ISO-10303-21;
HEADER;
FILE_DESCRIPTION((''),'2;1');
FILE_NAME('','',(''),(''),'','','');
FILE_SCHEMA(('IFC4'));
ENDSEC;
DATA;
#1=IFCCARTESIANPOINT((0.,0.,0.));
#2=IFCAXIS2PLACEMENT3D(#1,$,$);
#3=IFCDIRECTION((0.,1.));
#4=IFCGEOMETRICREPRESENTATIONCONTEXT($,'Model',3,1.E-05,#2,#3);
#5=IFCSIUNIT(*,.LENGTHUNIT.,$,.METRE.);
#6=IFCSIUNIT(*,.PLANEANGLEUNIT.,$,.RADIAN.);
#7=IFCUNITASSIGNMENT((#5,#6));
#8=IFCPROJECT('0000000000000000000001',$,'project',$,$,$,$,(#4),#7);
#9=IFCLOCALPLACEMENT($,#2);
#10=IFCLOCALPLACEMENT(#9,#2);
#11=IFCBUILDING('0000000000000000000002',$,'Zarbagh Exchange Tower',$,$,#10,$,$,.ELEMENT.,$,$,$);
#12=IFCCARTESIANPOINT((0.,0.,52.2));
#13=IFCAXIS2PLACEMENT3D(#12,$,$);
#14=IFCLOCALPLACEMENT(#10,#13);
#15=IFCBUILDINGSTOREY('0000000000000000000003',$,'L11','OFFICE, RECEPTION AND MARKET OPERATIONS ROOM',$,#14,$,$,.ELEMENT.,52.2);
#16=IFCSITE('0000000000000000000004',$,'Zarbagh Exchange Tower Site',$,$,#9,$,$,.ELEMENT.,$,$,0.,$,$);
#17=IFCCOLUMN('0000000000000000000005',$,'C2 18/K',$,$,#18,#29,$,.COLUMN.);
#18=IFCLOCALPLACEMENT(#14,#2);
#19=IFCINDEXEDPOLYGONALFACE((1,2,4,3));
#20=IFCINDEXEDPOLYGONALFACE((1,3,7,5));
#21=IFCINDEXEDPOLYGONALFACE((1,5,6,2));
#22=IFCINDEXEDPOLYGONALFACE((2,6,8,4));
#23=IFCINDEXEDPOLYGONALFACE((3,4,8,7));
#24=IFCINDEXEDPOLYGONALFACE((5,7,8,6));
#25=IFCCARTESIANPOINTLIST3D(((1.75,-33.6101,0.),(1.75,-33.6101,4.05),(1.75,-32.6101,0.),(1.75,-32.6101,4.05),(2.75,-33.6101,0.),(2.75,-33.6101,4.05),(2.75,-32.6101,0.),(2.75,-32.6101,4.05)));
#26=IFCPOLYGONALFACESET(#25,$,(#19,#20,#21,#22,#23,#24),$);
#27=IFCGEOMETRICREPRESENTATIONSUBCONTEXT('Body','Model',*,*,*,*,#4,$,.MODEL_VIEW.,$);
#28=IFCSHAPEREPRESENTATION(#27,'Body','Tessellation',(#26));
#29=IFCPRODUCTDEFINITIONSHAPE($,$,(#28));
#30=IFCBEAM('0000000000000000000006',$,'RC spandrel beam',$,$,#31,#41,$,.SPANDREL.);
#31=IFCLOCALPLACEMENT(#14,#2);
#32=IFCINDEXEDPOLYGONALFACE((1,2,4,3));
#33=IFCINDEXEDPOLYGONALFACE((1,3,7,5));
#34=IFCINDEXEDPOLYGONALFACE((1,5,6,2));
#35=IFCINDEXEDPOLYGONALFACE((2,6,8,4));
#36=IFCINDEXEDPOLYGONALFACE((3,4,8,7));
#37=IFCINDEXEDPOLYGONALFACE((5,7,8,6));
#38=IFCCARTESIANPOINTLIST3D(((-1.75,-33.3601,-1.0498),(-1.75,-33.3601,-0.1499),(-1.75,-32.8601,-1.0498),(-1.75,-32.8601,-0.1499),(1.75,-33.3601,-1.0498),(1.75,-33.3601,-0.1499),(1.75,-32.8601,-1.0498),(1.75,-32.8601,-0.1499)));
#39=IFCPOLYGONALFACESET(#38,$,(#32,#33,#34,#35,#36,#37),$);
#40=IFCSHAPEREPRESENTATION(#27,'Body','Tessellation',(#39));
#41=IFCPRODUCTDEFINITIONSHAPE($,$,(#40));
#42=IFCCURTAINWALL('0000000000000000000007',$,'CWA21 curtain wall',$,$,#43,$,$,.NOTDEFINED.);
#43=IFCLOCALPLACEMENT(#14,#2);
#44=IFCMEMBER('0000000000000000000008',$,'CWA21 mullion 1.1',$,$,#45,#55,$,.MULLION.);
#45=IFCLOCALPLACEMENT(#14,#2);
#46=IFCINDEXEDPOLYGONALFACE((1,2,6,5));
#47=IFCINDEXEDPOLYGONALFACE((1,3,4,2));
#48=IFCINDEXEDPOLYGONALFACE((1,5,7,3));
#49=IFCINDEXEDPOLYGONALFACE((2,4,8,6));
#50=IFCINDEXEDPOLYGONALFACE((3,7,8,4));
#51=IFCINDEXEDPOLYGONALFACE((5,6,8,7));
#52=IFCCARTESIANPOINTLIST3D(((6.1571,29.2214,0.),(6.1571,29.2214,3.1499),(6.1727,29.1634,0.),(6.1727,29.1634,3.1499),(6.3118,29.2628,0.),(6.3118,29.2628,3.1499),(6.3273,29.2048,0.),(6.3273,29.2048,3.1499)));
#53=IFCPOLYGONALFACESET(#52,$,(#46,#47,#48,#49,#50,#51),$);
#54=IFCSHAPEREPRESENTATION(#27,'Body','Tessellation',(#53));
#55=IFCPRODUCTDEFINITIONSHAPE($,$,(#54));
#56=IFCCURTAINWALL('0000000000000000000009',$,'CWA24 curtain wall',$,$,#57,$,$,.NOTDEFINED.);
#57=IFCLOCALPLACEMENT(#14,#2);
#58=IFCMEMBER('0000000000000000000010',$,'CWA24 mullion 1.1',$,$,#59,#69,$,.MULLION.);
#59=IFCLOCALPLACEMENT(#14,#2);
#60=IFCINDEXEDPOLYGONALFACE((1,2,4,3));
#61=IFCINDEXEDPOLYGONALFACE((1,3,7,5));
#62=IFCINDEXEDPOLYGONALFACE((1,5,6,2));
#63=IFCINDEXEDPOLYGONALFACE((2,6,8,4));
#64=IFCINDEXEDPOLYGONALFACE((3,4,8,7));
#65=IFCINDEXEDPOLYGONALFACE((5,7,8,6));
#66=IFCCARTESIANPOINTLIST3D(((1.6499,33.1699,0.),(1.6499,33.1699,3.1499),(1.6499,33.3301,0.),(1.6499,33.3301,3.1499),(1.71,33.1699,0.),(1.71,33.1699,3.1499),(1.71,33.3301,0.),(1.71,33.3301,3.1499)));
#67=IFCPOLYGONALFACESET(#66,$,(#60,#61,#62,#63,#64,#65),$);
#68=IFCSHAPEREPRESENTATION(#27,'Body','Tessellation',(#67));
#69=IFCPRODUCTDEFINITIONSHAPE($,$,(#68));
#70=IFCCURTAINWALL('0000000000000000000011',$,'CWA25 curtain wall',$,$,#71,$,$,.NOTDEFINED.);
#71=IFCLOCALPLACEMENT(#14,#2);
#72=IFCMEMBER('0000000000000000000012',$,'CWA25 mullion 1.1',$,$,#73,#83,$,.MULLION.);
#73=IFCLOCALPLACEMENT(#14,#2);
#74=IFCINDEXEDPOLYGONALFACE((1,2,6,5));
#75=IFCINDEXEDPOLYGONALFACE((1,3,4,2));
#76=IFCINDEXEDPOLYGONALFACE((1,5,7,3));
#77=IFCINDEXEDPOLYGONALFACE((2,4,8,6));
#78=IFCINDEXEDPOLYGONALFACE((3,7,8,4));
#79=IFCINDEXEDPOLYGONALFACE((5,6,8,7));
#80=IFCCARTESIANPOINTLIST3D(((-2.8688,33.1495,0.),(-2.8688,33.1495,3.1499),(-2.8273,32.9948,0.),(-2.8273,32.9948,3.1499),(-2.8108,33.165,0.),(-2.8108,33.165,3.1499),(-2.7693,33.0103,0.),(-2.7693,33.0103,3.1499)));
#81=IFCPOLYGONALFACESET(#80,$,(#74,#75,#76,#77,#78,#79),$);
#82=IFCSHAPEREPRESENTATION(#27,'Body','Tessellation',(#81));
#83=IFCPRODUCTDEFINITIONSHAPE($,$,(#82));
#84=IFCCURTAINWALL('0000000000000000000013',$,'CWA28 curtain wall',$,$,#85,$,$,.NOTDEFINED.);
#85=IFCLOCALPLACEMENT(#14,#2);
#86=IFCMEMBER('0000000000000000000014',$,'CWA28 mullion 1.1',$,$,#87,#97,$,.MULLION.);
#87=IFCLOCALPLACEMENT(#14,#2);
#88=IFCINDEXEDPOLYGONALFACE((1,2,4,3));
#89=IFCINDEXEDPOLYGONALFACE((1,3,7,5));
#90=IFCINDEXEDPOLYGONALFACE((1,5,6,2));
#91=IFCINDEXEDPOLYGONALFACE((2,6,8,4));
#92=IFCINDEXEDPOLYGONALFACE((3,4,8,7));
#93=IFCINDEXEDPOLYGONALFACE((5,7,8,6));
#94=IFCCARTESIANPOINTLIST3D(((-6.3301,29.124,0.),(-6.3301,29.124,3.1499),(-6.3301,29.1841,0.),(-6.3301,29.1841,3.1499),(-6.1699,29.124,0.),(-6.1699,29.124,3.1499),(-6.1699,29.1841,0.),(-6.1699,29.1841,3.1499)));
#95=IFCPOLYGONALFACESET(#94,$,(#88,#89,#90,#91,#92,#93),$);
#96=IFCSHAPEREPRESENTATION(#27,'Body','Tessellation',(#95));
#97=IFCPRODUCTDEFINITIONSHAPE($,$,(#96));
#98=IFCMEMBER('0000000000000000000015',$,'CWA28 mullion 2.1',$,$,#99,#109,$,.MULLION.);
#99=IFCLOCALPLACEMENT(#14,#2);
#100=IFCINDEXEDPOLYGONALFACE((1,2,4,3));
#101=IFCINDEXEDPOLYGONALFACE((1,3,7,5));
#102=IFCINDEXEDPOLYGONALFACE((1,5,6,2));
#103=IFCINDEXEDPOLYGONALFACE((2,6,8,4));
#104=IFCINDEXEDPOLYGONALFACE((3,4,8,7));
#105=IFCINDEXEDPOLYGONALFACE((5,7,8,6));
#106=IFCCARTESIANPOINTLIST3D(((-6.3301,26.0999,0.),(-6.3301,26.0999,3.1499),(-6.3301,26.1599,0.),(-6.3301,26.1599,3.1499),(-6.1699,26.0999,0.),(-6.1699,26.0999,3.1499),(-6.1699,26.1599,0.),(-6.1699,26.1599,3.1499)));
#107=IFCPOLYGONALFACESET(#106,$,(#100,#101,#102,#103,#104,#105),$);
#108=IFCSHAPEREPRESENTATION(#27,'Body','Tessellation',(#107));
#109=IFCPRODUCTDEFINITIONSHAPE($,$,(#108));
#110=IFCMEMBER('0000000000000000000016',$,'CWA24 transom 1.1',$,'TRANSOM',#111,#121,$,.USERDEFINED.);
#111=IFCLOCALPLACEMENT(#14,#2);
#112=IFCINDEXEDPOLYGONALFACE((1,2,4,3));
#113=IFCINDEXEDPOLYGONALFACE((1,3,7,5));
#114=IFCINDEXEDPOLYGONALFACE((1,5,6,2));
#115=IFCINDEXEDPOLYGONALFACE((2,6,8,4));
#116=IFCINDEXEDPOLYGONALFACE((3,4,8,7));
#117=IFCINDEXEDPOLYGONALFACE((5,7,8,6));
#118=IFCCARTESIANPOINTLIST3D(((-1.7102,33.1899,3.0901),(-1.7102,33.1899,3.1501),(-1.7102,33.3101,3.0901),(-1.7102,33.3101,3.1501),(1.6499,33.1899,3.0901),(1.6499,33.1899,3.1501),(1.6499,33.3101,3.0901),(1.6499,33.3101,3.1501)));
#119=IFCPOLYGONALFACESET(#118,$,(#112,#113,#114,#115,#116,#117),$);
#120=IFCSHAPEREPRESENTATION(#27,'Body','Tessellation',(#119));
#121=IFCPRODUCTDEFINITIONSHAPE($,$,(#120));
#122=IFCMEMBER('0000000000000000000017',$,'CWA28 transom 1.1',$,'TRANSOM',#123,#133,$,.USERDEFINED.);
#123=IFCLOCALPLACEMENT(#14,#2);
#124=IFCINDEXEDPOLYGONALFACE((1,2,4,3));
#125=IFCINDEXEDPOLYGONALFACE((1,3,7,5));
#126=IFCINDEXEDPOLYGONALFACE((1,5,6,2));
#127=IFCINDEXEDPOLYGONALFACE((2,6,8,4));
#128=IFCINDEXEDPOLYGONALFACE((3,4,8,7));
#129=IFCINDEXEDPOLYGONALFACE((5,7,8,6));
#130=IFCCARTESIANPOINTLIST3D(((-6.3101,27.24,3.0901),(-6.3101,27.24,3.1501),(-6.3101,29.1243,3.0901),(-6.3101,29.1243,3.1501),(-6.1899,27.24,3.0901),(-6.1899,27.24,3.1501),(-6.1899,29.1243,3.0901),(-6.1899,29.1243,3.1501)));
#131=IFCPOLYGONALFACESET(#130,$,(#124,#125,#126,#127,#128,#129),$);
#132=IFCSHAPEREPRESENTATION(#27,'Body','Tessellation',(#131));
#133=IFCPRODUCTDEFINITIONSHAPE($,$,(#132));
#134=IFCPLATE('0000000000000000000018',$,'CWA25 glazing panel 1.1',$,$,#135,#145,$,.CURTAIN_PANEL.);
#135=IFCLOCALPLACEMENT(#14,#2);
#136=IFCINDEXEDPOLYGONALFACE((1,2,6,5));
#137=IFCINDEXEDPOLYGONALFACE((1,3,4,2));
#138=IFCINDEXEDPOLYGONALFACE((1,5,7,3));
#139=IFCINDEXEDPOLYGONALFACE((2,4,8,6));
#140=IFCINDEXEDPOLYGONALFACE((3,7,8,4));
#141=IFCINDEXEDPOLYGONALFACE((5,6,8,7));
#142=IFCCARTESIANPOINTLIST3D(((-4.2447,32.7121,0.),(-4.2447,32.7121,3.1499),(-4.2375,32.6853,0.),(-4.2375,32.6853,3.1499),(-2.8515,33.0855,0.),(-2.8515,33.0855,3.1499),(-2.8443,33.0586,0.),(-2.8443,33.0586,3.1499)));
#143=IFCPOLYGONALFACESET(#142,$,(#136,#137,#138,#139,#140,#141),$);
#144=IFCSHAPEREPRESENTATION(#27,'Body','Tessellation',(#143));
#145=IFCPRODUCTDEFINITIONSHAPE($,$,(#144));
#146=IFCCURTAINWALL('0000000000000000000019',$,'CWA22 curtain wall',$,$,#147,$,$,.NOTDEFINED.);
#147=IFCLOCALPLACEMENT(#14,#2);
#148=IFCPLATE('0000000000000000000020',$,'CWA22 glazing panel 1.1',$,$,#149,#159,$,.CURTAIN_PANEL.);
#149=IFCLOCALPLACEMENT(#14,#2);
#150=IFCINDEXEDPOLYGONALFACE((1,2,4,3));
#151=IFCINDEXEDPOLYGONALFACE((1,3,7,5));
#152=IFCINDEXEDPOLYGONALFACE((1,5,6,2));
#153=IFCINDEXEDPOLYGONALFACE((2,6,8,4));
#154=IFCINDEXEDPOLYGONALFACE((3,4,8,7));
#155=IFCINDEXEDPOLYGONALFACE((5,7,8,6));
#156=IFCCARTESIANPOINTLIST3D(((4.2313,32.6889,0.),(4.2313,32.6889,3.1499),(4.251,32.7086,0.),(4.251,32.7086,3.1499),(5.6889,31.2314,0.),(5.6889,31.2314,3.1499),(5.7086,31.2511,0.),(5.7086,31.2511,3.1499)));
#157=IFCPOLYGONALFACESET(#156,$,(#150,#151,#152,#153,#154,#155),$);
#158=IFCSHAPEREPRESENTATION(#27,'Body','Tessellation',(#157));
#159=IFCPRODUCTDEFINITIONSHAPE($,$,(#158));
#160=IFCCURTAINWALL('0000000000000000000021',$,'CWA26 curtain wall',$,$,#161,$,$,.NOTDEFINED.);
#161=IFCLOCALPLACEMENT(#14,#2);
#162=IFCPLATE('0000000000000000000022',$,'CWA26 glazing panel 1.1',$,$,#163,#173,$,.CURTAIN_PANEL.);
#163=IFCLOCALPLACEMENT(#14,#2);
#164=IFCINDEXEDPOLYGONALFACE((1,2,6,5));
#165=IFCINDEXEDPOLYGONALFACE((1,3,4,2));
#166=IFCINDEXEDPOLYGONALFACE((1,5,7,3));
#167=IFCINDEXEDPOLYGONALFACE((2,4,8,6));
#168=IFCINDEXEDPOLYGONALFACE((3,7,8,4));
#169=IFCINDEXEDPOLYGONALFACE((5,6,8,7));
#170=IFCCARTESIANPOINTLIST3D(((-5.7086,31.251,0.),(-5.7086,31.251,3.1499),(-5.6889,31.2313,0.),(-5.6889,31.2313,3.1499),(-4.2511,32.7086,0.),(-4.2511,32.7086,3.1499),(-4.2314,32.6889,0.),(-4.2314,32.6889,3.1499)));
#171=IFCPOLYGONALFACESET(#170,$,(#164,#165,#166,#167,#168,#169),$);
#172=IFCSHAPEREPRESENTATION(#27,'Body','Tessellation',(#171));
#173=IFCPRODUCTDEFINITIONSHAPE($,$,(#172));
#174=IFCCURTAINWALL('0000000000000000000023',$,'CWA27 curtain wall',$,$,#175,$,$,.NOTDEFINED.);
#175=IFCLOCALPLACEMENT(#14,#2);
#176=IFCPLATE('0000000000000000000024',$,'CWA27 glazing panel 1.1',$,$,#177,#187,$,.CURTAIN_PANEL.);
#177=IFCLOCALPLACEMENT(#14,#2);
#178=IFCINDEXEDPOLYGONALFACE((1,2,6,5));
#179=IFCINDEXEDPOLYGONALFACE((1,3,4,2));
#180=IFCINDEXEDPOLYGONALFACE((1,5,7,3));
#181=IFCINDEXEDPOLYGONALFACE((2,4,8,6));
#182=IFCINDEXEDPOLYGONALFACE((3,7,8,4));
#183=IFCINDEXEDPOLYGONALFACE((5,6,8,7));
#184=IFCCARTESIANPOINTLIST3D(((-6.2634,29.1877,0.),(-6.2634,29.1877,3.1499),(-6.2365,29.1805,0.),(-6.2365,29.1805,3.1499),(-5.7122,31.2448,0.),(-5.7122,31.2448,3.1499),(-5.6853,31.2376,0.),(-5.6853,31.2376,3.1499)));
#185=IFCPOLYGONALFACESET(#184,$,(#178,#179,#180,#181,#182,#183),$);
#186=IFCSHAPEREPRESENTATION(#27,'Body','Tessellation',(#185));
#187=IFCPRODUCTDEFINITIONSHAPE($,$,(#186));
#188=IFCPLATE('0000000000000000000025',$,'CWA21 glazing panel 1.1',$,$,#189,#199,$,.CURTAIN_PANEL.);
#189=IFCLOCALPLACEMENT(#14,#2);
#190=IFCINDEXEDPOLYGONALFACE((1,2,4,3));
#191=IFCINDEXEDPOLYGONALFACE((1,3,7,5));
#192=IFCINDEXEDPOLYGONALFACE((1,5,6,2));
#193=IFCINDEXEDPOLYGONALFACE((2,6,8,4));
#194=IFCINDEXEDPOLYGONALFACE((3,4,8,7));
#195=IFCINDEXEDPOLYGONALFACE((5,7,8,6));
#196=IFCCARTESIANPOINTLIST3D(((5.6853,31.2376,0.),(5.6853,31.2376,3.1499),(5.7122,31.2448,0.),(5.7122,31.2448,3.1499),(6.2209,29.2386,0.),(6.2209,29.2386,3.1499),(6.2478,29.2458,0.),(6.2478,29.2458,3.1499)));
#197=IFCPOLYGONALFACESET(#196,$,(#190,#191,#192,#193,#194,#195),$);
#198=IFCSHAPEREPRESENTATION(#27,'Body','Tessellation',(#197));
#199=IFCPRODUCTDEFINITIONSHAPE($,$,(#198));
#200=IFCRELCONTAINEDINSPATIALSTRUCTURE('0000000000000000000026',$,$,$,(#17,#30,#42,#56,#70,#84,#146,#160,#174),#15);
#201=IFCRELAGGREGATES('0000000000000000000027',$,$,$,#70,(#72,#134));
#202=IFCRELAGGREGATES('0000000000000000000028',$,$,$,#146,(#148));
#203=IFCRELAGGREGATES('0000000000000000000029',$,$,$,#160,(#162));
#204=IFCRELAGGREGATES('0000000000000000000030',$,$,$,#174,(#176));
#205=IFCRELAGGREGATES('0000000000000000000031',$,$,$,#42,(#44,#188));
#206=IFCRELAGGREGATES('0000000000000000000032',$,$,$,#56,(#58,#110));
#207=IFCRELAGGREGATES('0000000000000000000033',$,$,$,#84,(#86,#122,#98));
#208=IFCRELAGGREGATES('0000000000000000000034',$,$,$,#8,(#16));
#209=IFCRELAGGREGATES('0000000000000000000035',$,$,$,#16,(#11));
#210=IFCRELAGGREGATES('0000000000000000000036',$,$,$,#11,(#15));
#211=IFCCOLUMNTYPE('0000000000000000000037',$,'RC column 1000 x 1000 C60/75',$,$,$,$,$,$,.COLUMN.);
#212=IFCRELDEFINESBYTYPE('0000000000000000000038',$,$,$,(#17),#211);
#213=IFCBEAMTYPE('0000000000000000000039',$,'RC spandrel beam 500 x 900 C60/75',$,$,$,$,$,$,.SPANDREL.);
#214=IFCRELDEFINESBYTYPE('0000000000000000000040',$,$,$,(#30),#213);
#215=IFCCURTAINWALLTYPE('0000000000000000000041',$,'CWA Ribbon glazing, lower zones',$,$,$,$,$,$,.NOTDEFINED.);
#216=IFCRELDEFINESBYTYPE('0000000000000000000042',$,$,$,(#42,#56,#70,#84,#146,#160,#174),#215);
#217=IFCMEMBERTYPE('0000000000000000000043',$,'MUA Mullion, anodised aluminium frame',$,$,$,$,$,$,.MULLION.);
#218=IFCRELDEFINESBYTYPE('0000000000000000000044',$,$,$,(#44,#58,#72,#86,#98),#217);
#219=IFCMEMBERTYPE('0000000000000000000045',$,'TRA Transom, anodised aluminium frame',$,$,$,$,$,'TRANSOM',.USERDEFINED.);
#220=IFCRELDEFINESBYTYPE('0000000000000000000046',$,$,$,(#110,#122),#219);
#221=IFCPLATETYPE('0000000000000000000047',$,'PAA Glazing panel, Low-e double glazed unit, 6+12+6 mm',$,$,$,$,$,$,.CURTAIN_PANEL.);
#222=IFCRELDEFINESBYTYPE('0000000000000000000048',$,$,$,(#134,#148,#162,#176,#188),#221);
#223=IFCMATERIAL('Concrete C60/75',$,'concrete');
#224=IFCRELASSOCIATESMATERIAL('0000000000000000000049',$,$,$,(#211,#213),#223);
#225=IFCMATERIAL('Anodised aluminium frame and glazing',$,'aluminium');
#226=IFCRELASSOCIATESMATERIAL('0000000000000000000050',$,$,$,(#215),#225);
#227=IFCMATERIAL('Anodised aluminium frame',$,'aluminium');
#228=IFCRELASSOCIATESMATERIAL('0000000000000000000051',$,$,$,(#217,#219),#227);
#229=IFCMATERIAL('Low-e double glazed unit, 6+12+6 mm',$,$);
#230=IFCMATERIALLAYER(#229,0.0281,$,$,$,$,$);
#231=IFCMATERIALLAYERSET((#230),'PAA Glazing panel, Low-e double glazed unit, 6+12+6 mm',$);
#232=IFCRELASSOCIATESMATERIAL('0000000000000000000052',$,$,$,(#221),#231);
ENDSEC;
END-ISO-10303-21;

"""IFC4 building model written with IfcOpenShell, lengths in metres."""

from ifc_helpers import new_model, si_unit, direction, frame, origin, origin_2d, place, context, subcontext, project, spatial, polyline, rectangle, outline, extrude, source, transform, mapped, material, layer, layer_set, material_profile, profile_set, type_object, element, aggregate, save


model = new_model("IFC4")

# Units and contexts
model_context = context("Model", 3, precision=1e-05, world=origin(), true_north=direction((0.0, 1.0)))
body_context = subcontext(model_context, "Body", "Model", "MODEL_VIEW")
ifc_project = project(units=[si_unit("LENGTHUNIT", "METRE"), si_unit("PLANEANGLEUNIT", "RADIAN")], contexts=[model_context])

# Site, building, storey
site_placement = place(None, origin())
site = spatial("IfcSite", under=ifc_project, at=site_placement, Name="Zarbagh Exchange Tower Site", CompositionType="ELEMENT", RefElevation=0.0)
building_placement = place(site_placement, origin())
building = spatial("IfcBuilding", under=site, at=building_placement, Name="Zarbagh Exchange Tower", CompositionType="ELEMENT")
storey_placement = place(building_placement, frame((0.0, 0.0, 52.2)))
storey = spatial("IfcBuildingStorey", under=building, at=storey_placement, Name="L11", Description="OFFICE, RECEPTION AND MARKET OPERATIONS ROOM", CompositionType="ELEMENT", Elevation=52.2)

# Column
ifc_material_1 = material(Name="Concrete C60/75", Category="concrete")
ifc_material_profile_1 = material_profile(ifc_material_1, rectangle(XDim=1.0, YDim=1.0, at=origin_2d()), Name="RC column 1000 x 1000 C60/75")
ifc_profile_set_1 = profile_set([ifc_material_profile_1], Name="Concrete C60/75")
column_type = type_object("IfcColumnType", Name="RC column 1000 x 1000 C60/75", PredefinedType="COLUMN", material=ifc_profile_set_1)
column_placement = place(storey_placement, frame((2.25, -33.1101, 0.0), z_axis=(0.0, 0.0, 1.0), x_axis=(1.0, 0.0, 0.0)))
element("IfcColumn", 1, at=column_placement, inside=storey, type_object=column_type, Name="C2 18/K", PredefinedType="COLUMN", context=body_context, shape_type="SweptSolid", body=[
    extrude(rectangle(XDim=1.0, YDim=1.0, at=origin_2d()), origin(), (0.0, 0.0, 1.0), 4.05),
])

# Beam
ifc_material_profile_2 = material_profile(ifc_material_1, rectangle(XDim=0.5, YDim=0.8999, at=origin_2d()), Name="RC spandrel beam 500 x 900 C60/75")
ifc_profile_set_2 = profile_set([ifc_material_profile_2], Name="Concrete C60/75")
beam_type = type_object("IfcBeamType", Name="RC spandrel beam 500 x 900 C60/75", PredefinedType="SPANDREL", material=ifc_profile_set_2)
beam_placement = place(storey_placement, frame((1.75, -33.1101, -0.5999), z_axis=(-1.0, 0.0, 0.0), x_axis=(0.0, -1.0, 0.0)))
element("IfcBeam", 2, at=beam_placement, inside=storey, type_object=beam_type, Name="RC spandrel beam", PredefinedType="SPANDREL", context=body_context, shape_type="SweptSolid", body=[
    extrude(rectangle(XDim=0.5, YDim=0.8999, at=origin_2d()), origin(), (0.0, 0.0, 1.0), 3.5),
])

# Curtain walls, members
ifc_material_2 = material(Name="Anodised aluminium frame and glazing", Category="aluminium")
curtain_wall_type = type_object("IfcCurtainWallType", Name="CWA Ribbon glazing, lower zones", PredefinedType="NOTDEFINED", material=ifc_material_2)
curtain_wall_1_placement = place(storey_placement, origin())
curtain_wall_1 = element("IfcCurtainWall", 3, at=curtain_wall_1_placement, inside=storey, type_object=curtain_wall_type, Name="CWA21 curtain wall", PredefinedType="NOTDEFINED")
ifc_material_3 = material(Name="Anodised aluminium frame", Category="aluminium")
member_type_1 = type_object("IfcMemberType", Name="MUA Mullion, anodised aluminium frame", PredefinedType="MULLION", material=ifc_material_3)
shared_shape_1 = source(origin(), body_context, "Body", "SweptSolid", [
    extrude(outline(polyline([(0.0, -0.0801), (0.0601, -0.0801), (0.0601, 0.0801), (0.0, 0.0801), (0.0, -0.0801)])), origin(), (0.0, 0.0, 1.0), 3.1499),
])
placement = place(storey_placement, origin())
member_1 = element("IfcMember", 4, at=placement, type_object=member_type_1, Name="CWA21 mullion 1.1", PredefinedType="MULLION", context=body_context, shape_type="MappedRepresentation", body=[
    mapped(shared_shape_1, transform((6.25, 29.1841, 0.0), x_axis=(-0.258825, 0.965924, 0.0), y_axis=(-0.965924, -0.258825, 0.0), z_axis=(0.0, 0.0, 1.0))),
])
curtain_wall_2_placement = place(storey_placement, origin())
curtain_wall_2 = element("IfcCurtainWall", 5, at=curtain_wall_2_placement, inside=storey, type_object=curtain_wall_type, Name="CWA24 curtain wall", PredefinedType="NOTDEFINED")
member_2 = element("IfcMember", 6, at=placement, type_object=member_type_1, Name="CWA24 mullion 1.1", PredefinedType="MULLION", context=body_context, shape_type="MappedRepresentation", body=[
    mapped(shared_shape_1, transform((1.71, 33.25, 0.0), x_axis=(-1.0, 0.0, 0.0), y_axis=(0.0, -1.0, 0.0), z_axis=(0.0, 0.0, 1.0))),
])
curtain_wall_3_placement = place(storey_placement, origin())
curtain_wall_3 = element("IfcCurtainWall", 7, at=curtain_wall_3_placement, inside=storey, type_object=curtain_wall_type, Name="CWA25 curtain wall", PredefinedType="NOTDEFINED")
member_3 = element("IfcMember", 8, at=placement, type_object=member_type_1, Name="CWA25 mullion 1.1", PredefinedType="MULLION", context=body_context, shape_type="MappedRepresentation", body=[
    mapped(shared_shape_1, transform((-2.79, 33.0876, 0.0), x_axis=(-0.965924, -0.258825, 0.0), y_axis=(0.258825, -0.965924, 0.0), z_axis=(0.0, 0.0, 1.0))),
])

# Curtain wall, members
curtain_wall_4_placement = place(storey_placement, origin())
curtain_wall_4 = element("IfcCurtainWall", 9, at=curtain_wall_4_placement, inside=storey, type_object=curtain_wall_type, Name="CWA28 curtain wall", PredefinedType="NOTDEFINED")
member_4 = element("IfcMember", 10, at=placement, type_object=member_type_1, Name="CWA28 mullion 1.1", PredefinedType="MULLION", context=body_context, shape_type="MappedRepresentation", body=[
    mapped(shared_shape_1, transform((-6.25, 29.1841, 0.0), x_axis=(0.0, -1.0, 0.0), y_axis=(1.0, 0.0, 0.0), z_axis=(0.0, 0.0, 1.0))),
])
member_5 = element("IfcMember", 11, at=placement, type_object=member_type_1, Name="CWA28 mullion 2.1", PredefinedType="MULLION", context=body_context, shape_type="MappedRepresentation", body=[
    mapped(shared_shape_1, transform((-6.25, 26.1599, 0.0), x_axis=(0.0, -1.0, 0.0), y_axis=(1.0, 0.0, 0.0), z_axis=(0.0, 0.0, 1.0))),
])

# Members
member_type_2 = type_object("IfcMemberType", Name="TRA Transom, anodised aluminium frame", ElementType="TRANSOM", PredefinedType="USERDEFINED", material=ifc_material_3)
shared_shape_2 = source(origin(), body_context, "Body", "SweptSolid", [
    extrude(outline(polyline([(-0.0601, -0.0601), (0.0, -0.0601), (0.0, 0.0601), (-0.0601, 0.0601), (-0.0601, -0.0601)])), origin(), (0.0, 0.0, 1.0), 3.3601),
])
member_6 = element("IfcMember", 12, at=placement, type_object=member_type_2, Name="CWA24 transom 1.1", ObjectType="TRANSOM", PredefinedType="USERDEFINED", context=body_context, shape_type="MappedRepresentation", body=[
    mapped(shared_shape_2, transform((1.6499, 33.25, 3.1501), x_axis=(0.0, 0.0, 1.0), y_axis=(0.0, 1.0, 0.0), z_axis=(-1.0, 0.0, 0.0))),
])
shared_shape_3 = source(origin(), body_context, "Body", "SweptSolid", [
    extrude(outline(polyline([(-0.0601, -0.0601), (0.0, -0.0601), (0.0, 0.0601), (-0.0601, 0.0601), (-0.0601, -0.0601)])), origin(), (0.0, 0.0, 1.0), 1.8843),
])
member_7 = element("IfcMember", 13, at=placement, type_object=member_type_2, Name="CWA28 transom 1.1", ObjectType="TRANSOM", PredefinedType="USERDEFINED", context=body_context, shape_type="MappedRepresentation", body=[
    mapped(shared_shape_3, transform((-6.25, 29.1243, 3.1501), x_axis=(0.0, 0.0, 1.0), y_axis=(-1.0, 0.0, 0.0), z_axis=(0.0, -1.0, 0.0))),
])

# Plate
ifc_material_4 = material(Name="Low-e double glazed unit, 6+12+6 mm")
ifc_layer_1 = layer(ifc_material_4, 0.0281)
ifc_layer_set_1 = layer_set([ifc_layer_1], Name="PAA Glazing panel, Low-e double glazed unit, 6+12+6 mm")
plate_type = type_object("IfcPlateType", Name="PAA Glazing panel, Low-e double glazed unit, 6+12+6 mm", PredefinedType="CURTAIN_PANEL", material=ifc_layer_set_1)
shared_shape_4 = source(origin(), body_context, "Body", "SweptSolid", [
    extrude(outline(polyline([(0.0, -0.0139), (1.4424, -0.0139), (1.4424, 0.0139), (0.0, 0.0139), (0.0, -0.0139)])), origin(), (0.0, 0.0, 1.0), 3.1499),
])
plate_1 = element("IfcPlate", 14, at=placement, type_object=plate_type, Name="CWA25 glazing panel 1.1", PredefinedType="CURTAIN_PANEL", context=body_context, shape_type="MappedRepresentation", body=[
    mapped(shared_shape_4, transform((-2.8479, 33.072, 0.0), x_axis=(-0.965924, -0.258825, 0.0), y_axis=(0.258825, -0.965924, 0.0), z_axis=(0.0, 0.0, 1.0))),
])
aggregate(curtain_wall_3, [member_3, plate_1])

# Curtain walls, plates
curtain_wall_5_placement = place(storey_placement, origin())
curtain_wall_5 = element("IfcCurtainWall", 15, at=curtain_wall_5_placement, inside=storey, type_object=curtain_wall_type, Name="CWA22 curtain wall", PredefinedType="NOTDEFINED")
shared_shape_5 = source(origin(), body_context, "Body", "SweptSolid", [
    extrude(outline(polyline([(0.0, -0.0139), (2.0613, -0.0139), (2.0613, 0.0139), (0.0, 0.0139), (0.0, -0.0139)])), origin(), (0.0, 0.0, 1.0), 3.1499),
])
plate_2 = element("IfcPlate", 16, at=placement, type_object=plate_type, Name="CWA22 glazing panel 1.1", PredefinedType="CURTAIN_PANEL", context=body_context, shape_type="MappedRepresentation", body=[
    mapped(shared_shape_5, transform((5.6987, 31.2412, 0.0), x_axis=(-0.707107, 0.707107, 0.0), y_axis=(-0.707107, -0.707107, 0.0), z_axis=(0.0, 0.0, 1.0))),
])
aggregate(curtain_wall_5, [plate_2])
curtain_wall_6_placement = place(storey_placement, origin())
curtain_wall_6 = element("IfcCurtainWall", 17, at=curtain_wall_6_placement, inside=storey, type_object=curtain_wall_type, Name="CWA26 curtain wall", PredefinedType="NOTDEFINED")
plate_3 = element("IfcPlate", 18, at=placement, type_object=plate_type, Name="CWA26 glazing panel 1.1", PredefinedType="CURTAIN_PANEL", context=body_context, shape_type="MappedRepresentation", body=[
    mapped(shared_shape_5, transform((-4.2412, 32.6987, 0.0), x_axis=(-0.707107, -0.707107, 0.0), y_axis=(0.707107, -0.707107, 0.0), z_axis=(0.0, 0.0, 1.0))),
])
aggregate(curtain_wall_6, [plate_3])
curtain_wall_7_placement = place(storey_placement, origin())
curtain_wall_7 = element("IfcCurtainWall", 19, at=curtain_wall_7_placement, inside=storey, type_object=curtain_wall_type, Name="CWA27 curtain wall", PredefinedType="NOTDEFINED")
shared_shape_6 = source(origin(), body_context, "Body", "SweptSolid", [
    extrude(outline(polyline([(0.0, -0.0139), (2.1296, -0.0139), (2.1296, 0.0139), (0.0, 0.0139), (0.0, -0.0139)])), origin(), (0.0, 0.0, 1.0), 3.1499),
])
plate_4 = element("IfcPlate", 20, at=placement, type_object=plate_type, Name="CWA27 glazing panel 1.1", PredefinedType="CURTAIN_PANEL", context=body_context, shape_type="MappedRepresentation", body=[
    mapped(shared_shape_6, transform((-5.6987, 31.2412, 0.0), x_axis=(-0.258825, -0.965924, 0.0), y_axis=(0.965924, -0.258825, 0.0), z_axis=(0.0, 0.0, 1.0))),
])
aggregate(curtain_wall_7, [plate_4])

# Plate
shared_shape_7 = source(origin(), body_context, "Body", "SweptSolid", [
    extrude(outline(polyline([(0.0, -0.0139), (2.0696, -0.0139), (2.0696, 0.0139), (0.0, 0.0139), (0.0, -0.0139)])), origin(), (0.0, 0.0, 1.0), 3.1499),
])
plate_5 = element("IfcPlate", 21, at=placement, type_object=plate_type, Name="CWA21 glazing panel 1.1", PredefinedType="CURTAIN_PANEL", context=body_context, shape_type="MappedRepresentation", body=[
    mapped(shared_shape_7, transform((6.2344, 29.2422, 0.0), x_axis=(-0.258825, 0.965924, 0.0), y_axis=(-0.965924, -0.258825, 0.0), z_axis=(0.0, 0.0, 1.0))),
])
aggregate(curtain_wall_1, [member_1, plate_5])

aggregate(curtain_wall_2, [member_2, member_6])

aggregate(curtain_wall_4, [member_4, member_7, member_5])

save(model, "model.ifc")
